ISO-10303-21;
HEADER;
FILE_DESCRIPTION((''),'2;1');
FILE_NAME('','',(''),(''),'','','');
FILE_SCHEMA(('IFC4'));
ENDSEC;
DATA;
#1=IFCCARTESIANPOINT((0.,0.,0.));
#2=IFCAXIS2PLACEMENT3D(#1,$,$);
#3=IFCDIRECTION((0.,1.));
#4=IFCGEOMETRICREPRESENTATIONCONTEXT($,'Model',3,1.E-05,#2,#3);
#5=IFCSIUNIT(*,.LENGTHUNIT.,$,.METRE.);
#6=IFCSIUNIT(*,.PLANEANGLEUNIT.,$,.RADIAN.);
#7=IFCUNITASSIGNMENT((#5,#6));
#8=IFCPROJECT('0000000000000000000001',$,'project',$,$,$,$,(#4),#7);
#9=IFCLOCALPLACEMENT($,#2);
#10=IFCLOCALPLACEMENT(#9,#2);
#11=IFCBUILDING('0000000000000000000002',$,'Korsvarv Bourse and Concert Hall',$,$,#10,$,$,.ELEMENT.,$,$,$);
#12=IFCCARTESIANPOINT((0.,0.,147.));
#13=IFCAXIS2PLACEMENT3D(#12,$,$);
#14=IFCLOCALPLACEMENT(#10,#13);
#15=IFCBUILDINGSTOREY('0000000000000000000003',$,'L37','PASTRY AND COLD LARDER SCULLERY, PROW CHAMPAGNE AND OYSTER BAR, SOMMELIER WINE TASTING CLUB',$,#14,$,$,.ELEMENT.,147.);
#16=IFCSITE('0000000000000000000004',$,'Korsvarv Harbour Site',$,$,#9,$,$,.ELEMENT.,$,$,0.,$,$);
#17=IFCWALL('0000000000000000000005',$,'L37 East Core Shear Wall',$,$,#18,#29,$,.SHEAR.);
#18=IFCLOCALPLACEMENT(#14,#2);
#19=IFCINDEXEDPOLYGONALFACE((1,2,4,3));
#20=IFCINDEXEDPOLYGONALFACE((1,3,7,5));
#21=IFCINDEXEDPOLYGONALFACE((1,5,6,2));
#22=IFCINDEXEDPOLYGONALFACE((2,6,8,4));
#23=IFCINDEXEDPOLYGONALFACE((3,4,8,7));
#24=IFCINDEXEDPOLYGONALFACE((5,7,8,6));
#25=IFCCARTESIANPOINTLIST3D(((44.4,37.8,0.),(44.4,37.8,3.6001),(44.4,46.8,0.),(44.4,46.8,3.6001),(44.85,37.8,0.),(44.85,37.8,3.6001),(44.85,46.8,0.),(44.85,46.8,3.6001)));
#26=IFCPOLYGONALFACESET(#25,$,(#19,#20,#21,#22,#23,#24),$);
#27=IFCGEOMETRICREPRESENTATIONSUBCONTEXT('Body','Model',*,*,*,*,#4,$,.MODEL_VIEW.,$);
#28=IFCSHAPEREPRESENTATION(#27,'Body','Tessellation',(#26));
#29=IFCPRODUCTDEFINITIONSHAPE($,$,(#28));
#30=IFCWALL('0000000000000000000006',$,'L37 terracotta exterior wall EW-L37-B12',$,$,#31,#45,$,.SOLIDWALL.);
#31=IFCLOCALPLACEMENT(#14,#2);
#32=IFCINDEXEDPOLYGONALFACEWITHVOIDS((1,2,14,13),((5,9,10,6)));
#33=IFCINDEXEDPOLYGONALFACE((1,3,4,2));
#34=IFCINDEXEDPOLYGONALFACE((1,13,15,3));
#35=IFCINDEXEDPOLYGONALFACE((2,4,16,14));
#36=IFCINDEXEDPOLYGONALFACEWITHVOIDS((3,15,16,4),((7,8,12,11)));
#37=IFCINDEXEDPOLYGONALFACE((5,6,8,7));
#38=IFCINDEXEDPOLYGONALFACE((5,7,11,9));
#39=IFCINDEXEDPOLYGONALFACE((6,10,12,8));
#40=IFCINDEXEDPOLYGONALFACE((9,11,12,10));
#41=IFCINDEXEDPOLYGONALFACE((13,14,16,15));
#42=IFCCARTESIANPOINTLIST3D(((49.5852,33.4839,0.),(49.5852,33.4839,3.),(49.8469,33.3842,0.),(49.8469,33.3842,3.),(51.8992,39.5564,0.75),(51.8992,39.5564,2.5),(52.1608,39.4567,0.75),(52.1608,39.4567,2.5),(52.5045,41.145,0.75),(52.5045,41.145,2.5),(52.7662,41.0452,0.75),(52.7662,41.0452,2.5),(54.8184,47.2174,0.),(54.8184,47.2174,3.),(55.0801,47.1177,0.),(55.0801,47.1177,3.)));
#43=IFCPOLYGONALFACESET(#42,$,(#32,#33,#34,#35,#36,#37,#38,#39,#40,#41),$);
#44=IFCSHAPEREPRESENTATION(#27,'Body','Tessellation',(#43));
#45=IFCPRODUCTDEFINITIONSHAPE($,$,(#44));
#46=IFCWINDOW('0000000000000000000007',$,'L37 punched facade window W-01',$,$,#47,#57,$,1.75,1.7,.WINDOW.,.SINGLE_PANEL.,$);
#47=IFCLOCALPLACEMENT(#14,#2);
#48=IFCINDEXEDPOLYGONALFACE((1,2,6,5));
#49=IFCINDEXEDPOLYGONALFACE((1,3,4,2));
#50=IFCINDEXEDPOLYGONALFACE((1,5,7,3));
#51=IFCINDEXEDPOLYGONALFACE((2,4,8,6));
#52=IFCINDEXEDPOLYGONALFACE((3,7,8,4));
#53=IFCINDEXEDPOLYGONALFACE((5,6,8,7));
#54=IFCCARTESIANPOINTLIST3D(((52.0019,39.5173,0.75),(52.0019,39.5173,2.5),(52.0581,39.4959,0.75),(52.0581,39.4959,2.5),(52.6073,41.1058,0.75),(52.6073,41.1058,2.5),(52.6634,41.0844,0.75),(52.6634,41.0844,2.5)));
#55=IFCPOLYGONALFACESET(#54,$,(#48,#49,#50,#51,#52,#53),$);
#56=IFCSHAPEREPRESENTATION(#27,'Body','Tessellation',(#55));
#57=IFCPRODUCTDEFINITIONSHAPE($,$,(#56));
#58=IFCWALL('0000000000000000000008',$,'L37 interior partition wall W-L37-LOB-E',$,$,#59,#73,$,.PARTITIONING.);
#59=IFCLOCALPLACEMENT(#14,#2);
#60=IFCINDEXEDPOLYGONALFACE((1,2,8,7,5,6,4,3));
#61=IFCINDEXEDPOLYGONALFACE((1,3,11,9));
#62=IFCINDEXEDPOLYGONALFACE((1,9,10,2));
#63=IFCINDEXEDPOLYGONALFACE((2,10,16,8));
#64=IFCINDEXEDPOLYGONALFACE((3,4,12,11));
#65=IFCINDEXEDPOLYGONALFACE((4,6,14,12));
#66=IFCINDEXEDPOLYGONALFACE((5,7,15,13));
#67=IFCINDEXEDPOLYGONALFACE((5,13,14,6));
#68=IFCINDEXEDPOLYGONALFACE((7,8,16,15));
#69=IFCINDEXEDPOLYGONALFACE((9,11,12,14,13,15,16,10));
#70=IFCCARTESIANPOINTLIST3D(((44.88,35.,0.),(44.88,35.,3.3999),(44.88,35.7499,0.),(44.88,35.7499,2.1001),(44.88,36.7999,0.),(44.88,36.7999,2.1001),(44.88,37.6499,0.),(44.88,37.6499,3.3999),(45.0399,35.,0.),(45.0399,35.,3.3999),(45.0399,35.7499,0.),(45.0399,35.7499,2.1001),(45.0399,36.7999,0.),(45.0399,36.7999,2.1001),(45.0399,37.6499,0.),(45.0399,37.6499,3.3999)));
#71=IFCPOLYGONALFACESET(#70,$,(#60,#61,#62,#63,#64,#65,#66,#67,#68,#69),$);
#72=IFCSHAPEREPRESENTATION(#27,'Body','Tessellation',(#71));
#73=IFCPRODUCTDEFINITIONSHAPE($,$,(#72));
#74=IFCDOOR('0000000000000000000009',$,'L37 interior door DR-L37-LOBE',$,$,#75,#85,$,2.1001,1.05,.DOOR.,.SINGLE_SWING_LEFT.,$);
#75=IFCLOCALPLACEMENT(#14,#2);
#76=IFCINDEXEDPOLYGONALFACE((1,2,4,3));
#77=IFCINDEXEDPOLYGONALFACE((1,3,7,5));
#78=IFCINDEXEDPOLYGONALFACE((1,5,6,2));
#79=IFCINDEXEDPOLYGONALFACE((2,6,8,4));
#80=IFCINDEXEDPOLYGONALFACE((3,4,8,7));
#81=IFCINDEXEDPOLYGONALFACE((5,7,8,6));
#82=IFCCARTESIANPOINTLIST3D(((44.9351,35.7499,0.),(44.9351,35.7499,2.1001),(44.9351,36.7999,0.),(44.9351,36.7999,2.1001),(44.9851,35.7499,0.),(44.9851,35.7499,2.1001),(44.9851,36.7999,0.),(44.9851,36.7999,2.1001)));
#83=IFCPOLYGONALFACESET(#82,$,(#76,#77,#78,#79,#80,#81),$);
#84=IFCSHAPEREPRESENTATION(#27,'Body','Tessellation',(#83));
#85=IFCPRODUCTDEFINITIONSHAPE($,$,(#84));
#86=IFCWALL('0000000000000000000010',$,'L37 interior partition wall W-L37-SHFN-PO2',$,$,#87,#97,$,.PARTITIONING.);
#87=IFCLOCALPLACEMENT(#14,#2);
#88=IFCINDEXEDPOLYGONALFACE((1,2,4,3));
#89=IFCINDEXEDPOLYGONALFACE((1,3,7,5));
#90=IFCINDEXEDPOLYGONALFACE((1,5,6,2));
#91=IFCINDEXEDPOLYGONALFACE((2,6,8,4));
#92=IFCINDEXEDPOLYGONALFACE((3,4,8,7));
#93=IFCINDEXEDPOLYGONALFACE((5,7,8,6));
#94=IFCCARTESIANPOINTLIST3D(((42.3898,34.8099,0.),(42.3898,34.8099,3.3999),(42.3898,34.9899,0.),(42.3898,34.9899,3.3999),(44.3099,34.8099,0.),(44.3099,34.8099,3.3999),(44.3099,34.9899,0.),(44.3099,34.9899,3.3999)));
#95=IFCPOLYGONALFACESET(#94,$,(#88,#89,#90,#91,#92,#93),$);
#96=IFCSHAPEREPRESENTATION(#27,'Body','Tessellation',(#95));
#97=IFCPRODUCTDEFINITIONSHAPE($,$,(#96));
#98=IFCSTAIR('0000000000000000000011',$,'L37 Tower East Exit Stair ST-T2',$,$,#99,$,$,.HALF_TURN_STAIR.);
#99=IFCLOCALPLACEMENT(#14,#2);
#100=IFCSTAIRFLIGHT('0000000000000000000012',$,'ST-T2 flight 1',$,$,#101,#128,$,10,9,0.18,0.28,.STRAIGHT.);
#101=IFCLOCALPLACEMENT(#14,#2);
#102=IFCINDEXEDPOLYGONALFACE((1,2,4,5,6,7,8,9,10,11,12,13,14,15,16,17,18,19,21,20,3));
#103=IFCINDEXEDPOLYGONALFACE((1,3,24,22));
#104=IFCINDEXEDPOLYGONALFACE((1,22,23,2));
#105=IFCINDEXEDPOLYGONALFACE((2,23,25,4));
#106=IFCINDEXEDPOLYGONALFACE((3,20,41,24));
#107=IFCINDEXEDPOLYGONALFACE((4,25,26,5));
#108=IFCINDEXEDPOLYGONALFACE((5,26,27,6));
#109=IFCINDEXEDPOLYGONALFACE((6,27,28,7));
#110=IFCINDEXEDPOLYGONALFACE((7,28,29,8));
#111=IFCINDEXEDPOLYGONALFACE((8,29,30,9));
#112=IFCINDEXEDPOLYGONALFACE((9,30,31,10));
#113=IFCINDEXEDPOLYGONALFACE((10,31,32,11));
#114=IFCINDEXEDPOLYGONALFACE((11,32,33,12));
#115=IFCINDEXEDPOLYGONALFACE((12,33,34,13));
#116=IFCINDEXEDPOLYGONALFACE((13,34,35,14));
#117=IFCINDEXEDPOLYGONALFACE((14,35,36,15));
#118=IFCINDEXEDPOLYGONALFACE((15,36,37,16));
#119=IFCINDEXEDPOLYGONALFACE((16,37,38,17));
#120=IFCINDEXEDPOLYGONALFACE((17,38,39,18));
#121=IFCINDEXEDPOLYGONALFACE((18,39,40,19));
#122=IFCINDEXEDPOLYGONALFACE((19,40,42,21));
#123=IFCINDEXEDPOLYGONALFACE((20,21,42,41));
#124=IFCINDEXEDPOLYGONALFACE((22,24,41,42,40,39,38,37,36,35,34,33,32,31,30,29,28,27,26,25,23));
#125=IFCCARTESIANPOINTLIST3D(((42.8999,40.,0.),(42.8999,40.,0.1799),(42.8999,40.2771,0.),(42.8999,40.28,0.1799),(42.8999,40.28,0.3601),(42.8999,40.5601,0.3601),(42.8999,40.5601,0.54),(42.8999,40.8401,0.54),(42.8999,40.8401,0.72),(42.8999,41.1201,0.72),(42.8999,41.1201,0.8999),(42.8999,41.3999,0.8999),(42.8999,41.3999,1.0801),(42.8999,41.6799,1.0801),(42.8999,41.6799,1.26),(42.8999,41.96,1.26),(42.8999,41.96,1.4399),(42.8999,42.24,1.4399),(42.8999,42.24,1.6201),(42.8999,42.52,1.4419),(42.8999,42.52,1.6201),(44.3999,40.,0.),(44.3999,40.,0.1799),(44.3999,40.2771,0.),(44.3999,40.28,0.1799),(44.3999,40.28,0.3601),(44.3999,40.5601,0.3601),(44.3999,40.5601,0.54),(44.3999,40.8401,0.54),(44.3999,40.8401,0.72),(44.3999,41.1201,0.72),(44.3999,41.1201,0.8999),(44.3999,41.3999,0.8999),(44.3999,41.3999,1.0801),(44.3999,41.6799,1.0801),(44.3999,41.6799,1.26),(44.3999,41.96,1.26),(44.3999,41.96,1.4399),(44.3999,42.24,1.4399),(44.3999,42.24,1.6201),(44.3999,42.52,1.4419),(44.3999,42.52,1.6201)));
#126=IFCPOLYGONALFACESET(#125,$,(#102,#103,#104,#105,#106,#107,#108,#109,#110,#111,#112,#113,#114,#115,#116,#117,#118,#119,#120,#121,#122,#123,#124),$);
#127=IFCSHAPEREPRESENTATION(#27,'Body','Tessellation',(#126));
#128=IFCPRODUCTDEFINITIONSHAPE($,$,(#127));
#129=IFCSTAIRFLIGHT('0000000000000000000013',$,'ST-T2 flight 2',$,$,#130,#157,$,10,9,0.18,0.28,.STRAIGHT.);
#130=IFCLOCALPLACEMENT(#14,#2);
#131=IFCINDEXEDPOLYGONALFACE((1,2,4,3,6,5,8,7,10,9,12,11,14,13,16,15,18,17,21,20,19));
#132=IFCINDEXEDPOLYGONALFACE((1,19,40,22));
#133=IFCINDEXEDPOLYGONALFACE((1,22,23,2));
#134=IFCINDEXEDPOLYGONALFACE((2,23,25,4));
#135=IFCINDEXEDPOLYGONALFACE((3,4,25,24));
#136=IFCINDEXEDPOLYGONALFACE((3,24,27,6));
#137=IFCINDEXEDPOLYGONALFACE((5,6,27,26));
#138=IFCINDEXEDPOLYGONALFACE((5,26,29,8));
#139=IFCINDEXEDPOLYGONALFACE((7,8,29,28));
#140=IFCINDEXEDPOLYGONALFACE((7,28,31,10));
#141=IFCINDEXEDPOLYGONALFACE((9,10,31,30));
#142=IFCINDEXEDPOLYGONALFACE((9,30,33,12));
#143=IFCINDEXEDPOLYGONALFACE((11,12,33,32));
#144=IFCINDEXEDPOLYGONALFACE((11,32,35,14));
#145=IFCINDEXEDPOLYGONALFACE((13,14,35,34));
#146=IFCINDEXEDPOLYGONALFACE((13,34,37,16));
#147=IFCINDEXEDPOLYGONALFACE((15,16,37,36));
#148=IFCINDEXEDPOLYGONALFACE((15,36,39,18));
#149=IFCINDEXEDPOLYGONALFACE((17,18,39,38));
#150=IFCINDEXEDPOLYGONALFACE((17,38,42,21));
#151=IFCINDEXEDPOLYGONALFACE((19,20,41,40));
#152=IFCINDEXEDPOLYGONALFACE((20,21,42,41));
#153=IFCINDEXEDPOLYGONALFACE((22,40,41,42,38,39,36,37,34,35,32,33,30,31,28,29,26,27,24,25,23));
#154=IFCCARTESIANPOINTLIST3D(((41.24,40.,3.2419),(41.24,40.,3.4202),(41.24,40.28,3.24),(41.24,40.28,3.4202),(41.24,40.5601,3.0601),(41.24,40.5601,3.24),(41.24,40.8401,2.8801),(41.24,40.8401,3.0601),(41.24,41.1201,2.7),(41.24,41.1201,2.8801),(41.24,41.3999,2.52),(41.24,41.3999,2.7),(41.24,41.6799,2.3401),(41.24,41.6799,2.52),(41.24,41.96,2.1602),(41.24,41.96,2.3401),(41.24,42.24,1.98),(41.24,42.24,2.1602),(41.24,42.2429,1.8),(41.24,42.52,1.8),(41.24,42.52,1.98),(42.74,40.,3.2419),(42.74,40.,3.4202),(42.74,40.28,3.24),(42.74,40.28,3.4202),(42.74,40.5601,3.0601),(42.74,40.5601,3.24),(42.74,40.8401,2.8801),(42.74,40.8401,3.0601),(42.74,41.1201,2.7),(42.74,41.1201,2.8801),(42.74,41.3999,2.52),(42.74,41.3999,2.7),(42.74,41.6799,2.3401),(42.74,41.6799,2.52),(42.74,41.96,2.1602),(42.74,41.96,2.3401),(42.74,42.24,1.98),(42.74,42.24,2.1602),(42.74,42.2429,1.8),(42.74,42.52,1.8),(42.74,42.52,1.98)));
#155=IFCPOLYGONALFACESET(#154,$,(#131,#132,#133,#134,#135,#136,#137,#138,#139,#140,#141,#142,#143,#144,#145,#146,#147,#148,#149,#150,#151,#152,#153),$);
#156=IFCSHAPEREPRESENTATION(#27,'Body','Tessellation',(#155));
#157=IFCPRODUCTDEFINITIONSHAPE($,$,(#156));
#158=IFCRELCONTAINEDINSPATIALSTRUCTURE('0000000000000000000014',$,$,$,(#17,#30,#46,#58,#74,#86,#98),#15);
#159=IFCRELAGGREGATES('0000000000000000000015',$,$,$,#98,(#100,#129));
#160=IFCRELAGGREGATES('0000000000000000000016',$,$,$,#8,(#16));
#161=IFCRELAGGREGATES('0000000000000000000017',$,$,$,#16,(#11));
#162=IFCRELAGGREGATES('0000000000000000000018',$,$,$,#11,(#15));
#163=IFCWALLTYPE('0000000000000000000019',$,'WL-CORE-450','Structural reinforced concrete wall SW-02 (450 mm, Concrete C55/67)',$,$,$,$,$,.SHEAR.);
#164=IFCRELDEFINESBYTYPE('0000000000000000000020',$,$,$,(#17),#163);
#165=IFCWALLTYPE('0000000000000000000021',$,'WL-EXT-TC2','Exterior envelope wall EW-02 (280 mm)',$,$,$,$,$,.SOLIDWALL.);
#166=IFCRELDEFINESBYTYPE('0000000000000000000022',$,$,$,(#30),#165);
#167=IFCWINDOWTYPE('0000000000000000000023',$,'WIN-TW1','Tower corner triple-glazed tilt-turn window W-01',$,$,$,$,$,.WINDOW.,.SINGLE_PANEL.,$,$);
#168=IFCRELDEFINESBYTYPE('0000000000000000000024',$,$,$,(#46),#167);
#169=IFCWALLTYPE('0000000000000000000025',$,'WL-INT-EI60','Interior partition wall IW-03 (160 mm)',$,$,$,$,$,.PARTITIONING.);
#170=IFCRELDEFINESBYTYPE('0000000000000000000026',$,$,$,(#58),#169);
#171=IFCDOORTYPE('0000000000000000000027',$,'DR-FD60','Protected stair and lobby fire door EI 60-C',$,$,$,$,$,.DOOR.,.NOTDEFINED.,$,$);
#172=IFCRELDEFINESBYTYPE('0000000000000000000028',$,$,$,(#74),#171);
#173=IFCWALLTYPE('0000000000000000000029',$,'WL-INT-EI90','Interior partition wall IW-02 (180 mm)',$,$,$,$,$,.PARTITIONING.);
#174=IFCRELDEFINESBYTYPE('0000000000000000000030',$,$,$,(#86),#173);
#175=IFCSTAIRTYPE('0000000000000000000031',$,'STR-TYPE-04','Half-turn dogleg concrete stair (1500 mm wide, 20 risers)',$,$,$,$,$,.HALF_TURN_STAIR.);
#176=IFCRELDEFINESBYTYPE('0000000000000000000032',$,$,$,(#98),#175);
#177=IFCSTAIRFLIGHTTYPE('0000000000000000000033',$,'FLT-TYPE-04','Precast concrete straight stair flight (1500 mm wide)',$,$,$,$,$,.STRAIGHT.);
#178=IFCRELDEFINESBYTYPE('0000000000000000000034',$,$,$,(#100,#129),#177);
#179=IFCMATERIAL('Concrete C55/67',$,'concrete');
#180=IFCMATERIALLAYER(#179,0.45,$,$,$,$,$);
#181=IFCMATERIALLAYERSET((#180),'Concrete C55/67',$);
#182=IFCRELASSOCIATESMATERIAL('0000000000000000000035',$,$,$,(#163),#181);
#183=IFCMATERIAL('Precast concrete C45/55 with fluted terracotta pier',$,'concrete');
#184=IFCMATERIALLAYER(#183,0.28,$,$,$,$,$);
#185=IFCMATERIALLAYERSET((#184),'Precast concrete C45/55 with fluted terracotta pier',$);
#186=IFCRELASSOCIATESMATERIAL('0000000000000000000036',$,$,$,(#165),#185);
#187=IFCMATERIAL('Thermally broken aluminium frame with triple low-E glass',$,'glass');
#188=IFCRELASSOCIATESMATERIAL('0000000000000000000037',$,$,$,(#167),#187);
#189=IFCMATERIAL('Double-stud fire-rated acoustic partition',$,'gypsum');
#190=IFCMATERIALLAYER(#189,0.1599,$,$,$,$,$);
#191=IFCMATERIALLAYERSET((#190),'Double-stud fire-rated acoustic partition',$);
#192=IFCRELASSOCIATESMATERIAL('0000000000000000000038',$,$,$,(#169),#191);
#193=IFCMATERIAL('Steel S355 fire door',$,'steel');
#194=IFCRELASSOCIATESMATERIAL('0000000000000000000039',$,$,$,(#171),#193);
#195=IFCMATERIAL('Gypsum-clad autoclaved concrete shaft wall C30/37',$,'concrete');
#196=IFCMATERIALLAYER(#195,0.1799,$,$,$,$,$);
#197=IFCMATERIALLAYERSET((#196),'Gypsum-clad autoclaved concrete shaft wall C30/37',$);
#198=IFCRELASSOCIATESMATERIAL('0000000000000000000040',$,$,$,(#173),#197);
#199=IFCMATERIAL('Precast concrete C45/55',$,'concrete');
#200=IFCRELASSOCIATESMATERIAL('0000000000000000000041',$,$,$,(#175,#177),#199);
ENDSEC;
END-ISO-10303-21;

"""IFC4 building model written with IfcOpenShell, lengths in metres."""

from ifc_helpers import new_model, si_unit, direction, frame, frame_2d, origin, place, context, subcontext, project, spatial, polyline, rectangle, outline, extrude, material, layer, layer_set, type_object, element, fill, aggregate, save


model = new_model("IFC4")

# Units and contexts
model_context = context("Model", 3, precision=1e-05, world=origin(), true_north=direction((0.0, 1.0)))
body_context = subcontext(model_context, "Body", "Model", "MODEL_VIEW")
ifc_project = project(units=[si_unit("LENGTHUNIT", "METRE"), si_unit("PLANEANGLEUNIT", "RADIAN")], contexts=[model_context])

# Site, building, storey
site_placement = place(None, origin())
site = spatial("IfcSite", under=ifc_project, at=site_placement, Name="Korsvarv Harbour Site", CompositionType="ELEMENT", RefElevation=0.0)
building_placement = place(site_placement, origin())
building = spatial("IfcBuilding", under=site, at=building_placement, Name="Korsvarv Bourse and Concert Hall", CompositionType="ELEMENT")
storey_placement = place(building_placement, frame((0.0, 0.0, 147.0)))
storey = spatial("IfcBuildingStorey", under=building, at=storey_placement, Name="L37", Description="PASTRY AND COLD LARDER SCULLERY, PROW CHAMPAGNE AND OYSTER BAR, SOMMELIER WINE TASTING CLUB", CompositionType="ELEMENT", Elevation=147.0)

# Wall
ifc_material_1 = material(Name="Concrete C55/67", Category="concrete")
ifc_layer_1 = layer(ifc_material_1, 0.45)
ifc_layer_set_1 = layer_set([ifc_layer_1], Name="Concrete C55/67")
wall_type_1 = type_object("IfcWallType", Name="WL-CORE-450", Description="Structural reinforced concrete wall SW-02 (450 mm, Concrete C55/67)", PredefinedType="SHEAR", material=ifc_layer_set_1)
wall_1_placement = place(storey_placement, frame((44.625, 37.8, 0.0), z_axis=(0.0, 0.0, 1.0), x_axis=(0.0, 1.0, 0.0)))
element("IfcWall", 1, at=wall_1_placement, inside=storey, type_object=wall_type_1, Name="L37 East Core Shear Wall", PredefinedType="SHEAR", context=body_context, shape_type="SweptSolid", body=[
    extrude(rectangle(XDim=9.0, YDim=0.45, at=frame_2d((4.5, 0.0))), origin(), (0.0, 0.0, 1.0), 3.6001),
])

# Wall, opening, window
ifc_material_2 = material(Name="Precast concrete C45/55 with fluted terracotta pier", Category="concrete")
ifc_layer_2 = layer(ifc_material_2, 0.28)
ifc_layer_set_2 = layer_set([ifc_layer_2], Name="Precast concrete C45/55 with fluted terracotta pier")
wall_type_2 = type_object("IfcWallType", Name="WL-EXT-TC2", Description="Exterior envelope wall EW-02 (280 mm)", PredefinedType="SOLIDWALL", material=ifc_layer_set_2)
wall_2_placement = place(storey_placement, frame((49.7161, 33.4341, 0.0), z_axis=(0.0, 0.0, 1.0), x_axis=(0.356078, 0.934456, 0.0)))
wall_2 = element("IfcWall", 2, at=wall_2_placement, inside=storey, type_object=wall_type_2, Name="L37 terracotta exterior wall EW-L37-B12", PredefinedType="SOLIDWALL", context=body_context, shape_type="SweptSolid", body=[
    extrude(rectangle(XDim=14.6968, YDim=0.28, at=frame_2d((7.3484, 0.0))), origin(), (0.0, 0.0, 1.0), 3.0),
])
opening_1_placement = place(wall_2_placement, frame((6.4983, 0.0, 0.75)))
opening_1 = element("IfcOpeningElement", 3, at=opening_1_placement, cuts=wall_2, PredefinedType="OPENING", context=body_context, shape_type="SweptSolid", body=[
    extrude(rectangle(XDim=1.7, YDim=1.75, at=frame_2d((0.8501, 0.875))), frame((0.0, 0.1499, 0.0), z_axis=(0.0, -1.0, 0.0), x_axis=(1.0, 0.0, 0.0)), (0.0, 0.0, 1.0), 0.3),
])
ifc_material_3 = material(Name="Thermally broken aluminium frame with triple low-E glass", Category="glass")
window_type = type_object("IfcWindowType", Name="WIN-TW1", Description="Tower corner triple-glazed tilt-turn window W-01", PartitioningType="SINGLE_PANEL", PredefinedType="WINDOW", material=ifc_material_3)
window_placement = place(opening_1_placement, origin())
window = element("IfcWindow", 4, at=window_placement, inside=storey, type_object=window_type, Name="L37 punched facade window W-01", OverallHeight=1.75, OverallWidth=1.7, PartitioningType="SINGLE_PANEL", PredefinedType="WINDOW", context=body_context, shape_type="SweptSolid", body=[
    extrude(rectangle(XDim=1.7, YDim=1.75, at=frame_2d((0.8501, 0.875))), frame((0.0, 0.03, 0.0), z_axis=(0.0, -1.0, 0.0), x_axis=(1.0, 0.0, 0.0)), (0.0, 0.0, 1.0), 0.0601),
])
fill(opening_1, window)

# Wall, opening, door
ifc_material_4 = material(Name="Double-stud fire-rated acoustic partition", Category="gypsum")
ifc_layer_3 = layer(ifc_material_4, 0.1599)
ifc_layer_set_3 = layer_set([ifc_layer_3], Name="Double-stud fire-rated acoustic partition")
wall_type_3 = type_object("IfcWallType", Name="WL-INT-EI60", Description="Interior partition wall IW-03 (160 mm)", PredefinedType="PARTITIONING", material=ifc_layer_set_3)
wall_3_placement = place(storey_placement, frame((44.96, 35.0, 0.0), z_axis=(0.0, 0.0, 1.0), x_axis=(0.0, 1.0, 0.0)))
wall_3 = element("IfcWall", 5, at=wall_3_placement, inside=storey, type_object=wall_type_3, Name="L37 interior partition wall W-L37-LOB-E", PredefinedType="PARTITIONING", context=body_context, shape_type="SweptSolid", body=[
    extrude(rectangle(XDim=2.6499, YDim=0.1599, at=frame_2d((1.325, 0.0))), origin(), (0.0, 0.0, 1.0), 3.3999),
])
opening_2_placement = place(wall_3_placement, frame((0.75, 0.0, 0.0)))
opening_2 = element("IfcOpeningElement", 6, at=opening_2_placement, cuts=wall_3, PredefinedType="OPENING", context=body_context, shape_type="SweptSolid", body=[
    extrude(rectangle(XDim=1.05, YDim=2.1001, at=frame_2d((0.5249, 1.05))), frame((0.0, 0.0898, 0.0), z_axis=(0.0, -1.0, 0.0), x_axis=(1.0, 0.0, 0.0)), (0.0, 0.0, 1.0), 0.1799),
])
ifc_material_5 = material(Name="Steel S355 fire door", Category="steel")
door_type = type_object("IfcDoorType", Name="DR-FD60", Description="Protected stair and lobby fire door EI 60-C", OperationType="NOTDEFINED", PredefinedType="DOOR", material=ifc_material_5)
door_placement = place(opening_2_placement, origin())
door = element("IfcDoor", 7, at=door_placement, inside=storey, type_object=door_type, Name="L37 interior door DR-L37-LOBE", OperationType="SINGLE_SWING_LEFT", OverallHeight=2.1001, OverallWidth=1.05, PredefinedType="DOOR", context=body_context, shape_type="SweptSolid", body=[
    extrude(rectangle(XDim=1.05, YDim=2.1001, at=frame_2d((0.5249, 1.05))), frame((0.0, 0.0249, 0.0), z_axis=(0.0, -1.0, 0.0), x_axis=(1.0, 0.0, 0.0)), (0.0, 0.0, 1.0), 0.05),
])
fill(opening_2, door)

# Wall
ifc_material_6 = material(Name="Gypsum-clad autoclaved concrete shaft wall C30/37", Category="concrete")
ifc_layer_4 = layer(ifc_material_6, 0.1799)
ifc_layer_set_4 = layer_set([ifc_layer_4], Name="Gypsum-clad autoclaved concrete shaft wall C30/37")
wall_type_4 = type_object("IfcWallType", Name="WL-INT-EI90", Description="Interior partition wall IW-02 (180 mm)", PredefinedType="PARTITIONING", material=ifc_layer_set_4)
wall_4_placement = place(storey_placement, frame((42.3899, 34.8999, 0.0), z_axis=(0.0, 0.0, 1.0), x_axis=(1.0, 0.0, 0.0)))
element("IfcWall", 8, at=wall_4_placement, inside=storey, type_object=wall_type_4, Name="L37 interior partition wall W-L37-SHFN-PO2", PredefinedType="PARTITIONING", context=body_context, shape_type="SweptSolid", body=[
    extrude(rectangle(XDim=1.9202, YDim=0.1799, at=frame_2d((0.96, 0.0))), origin(), (0.0, 0.0, 1.0), 3.3999),
])

# Stair, stair flights
ifc_material_7 = material(Name="Precast concrete C45/55", Category="concrete")
stair_type = type_object("IfcStairType", Name="STR-TYPE-04", Description="Half-turn dogleg concrete stair (1500 mm wide, 20 risers)", PredefinedType="HALF_TURN_STAIR", material=ifc_material_7)
stair_placement = place(storey_placement, origin())
stair = element("IfcStair", 9, at=stair_placement, inside=storey, type_object=stair_type, Name="L37 Tower East Exit Stair ST-T2", PredefinedType="HALF_TURN_STAIR")
stair_flight_type = type_object("IfcStairFlightType", Name="FLT-TYPE-04", Description="Precast concrete straight stair flight (1500 mm wide)", PredefinedType="STRAIGHT", material=ifc_material_7)
stair_flight_1_placement = place(storey_placement, frame((43.6499, 40.0, 0.0), z_axis=(0.0, 0.0, 1.0), x_axis=(0.0, 1.0, 0.0)))
stair_flight_1 = element("IfcStairFlight", 10, at=stair_flight_1_placement, type_object=stair_flight_type, Name="ST-T2 flight 1", NumberOfRisers=10, NumberOfTreads=9, PredefinedType="STRAIGHT", RiserHeight=0.18, TreadLength=0.28, context=body_context, shape_type="SweptSolid", body=[
    extrude(outline(polyline([(0.0, 0.0), (0.0, 0.1799), (0.28, 0.1799), (0.28, 0.3601), (0.5601, 0.3601), (0.5601, 0.54), (0.8401, 0.54), (0.8401, 0.72), (1.1201, 0.72), (1.1201, 0.8999), (1.3999, 0.8999), (1.3999, 1.0801), (1.6799, 1.0801), (1.6799, 1.26), (1.96, 1.26), (1.96, 1.4399), (2.24, 1.4399), (2.24, 1.6201), (2.52, 1.6201), (2.52, 1.8), (2.52, 1.4419), (0.2771, 0.0), (0.0, 0.0)])), frame((0.0, 0.75, 0.0), z_axis=(0.0, -1.0, 0.0), x_axis=(1.0, 0.0, 0.0)), (0.0, 0.0, 1.0), 1.5),
])
stair_flight_2_placement = place(storey_placement, frame((41.99, 42.52, 1.8), z_axis=(0.0, 0.0, 1.0), x_axis=(0.0, -1.0, 0.0)))
stair_flight_2 = element("IfcStairFlight", 11, at=stair_flight_2_placement, type_object=stair_flight_type, Name="ST-T2 flight 2", NumberOfRisers=10, NumberOfTreads=9, PredefinedType="STRAIGHT", RiserHeight=0.18, TreadLength=0.28, context=body_context, shape_type="SweptSolid", body=[
    extrude(outline(polyline([(0.0, 0.0), (0.0, 0.1799), (0.28, 0.1799), (0.28, 0.3601), (0.5601, 0.3601), (0.5601, 0.54), (0.8401, 0.54), (0.8401, 0.72), (1.1201, 0.72), (1.1201, 0.8999), (1.3999, 0.8999), (1.3999, 1.0801), (1.6799, 1.0801), (1.6799, 1.26), (1.96, 1.26), (1.96, 1.4399), (2.24, 1.4399), (2.24, 1.6201), (2.52, 1.6201), (2.52, 1.8), (2.52, 1.4419), (0.2771, 0.0), (0.0, 0.0)])), frame((0.0, 0.75, 0.0), z_axis=(0.0, -1.0, 0.0), x_axis=(1.0, 0.0, 0.0)), (0.0, 0.0, 1.0), 1.5),
])
aggregate(stair, [stair_flight_1, stair_flight_2])

save(model, "model.ifc")
